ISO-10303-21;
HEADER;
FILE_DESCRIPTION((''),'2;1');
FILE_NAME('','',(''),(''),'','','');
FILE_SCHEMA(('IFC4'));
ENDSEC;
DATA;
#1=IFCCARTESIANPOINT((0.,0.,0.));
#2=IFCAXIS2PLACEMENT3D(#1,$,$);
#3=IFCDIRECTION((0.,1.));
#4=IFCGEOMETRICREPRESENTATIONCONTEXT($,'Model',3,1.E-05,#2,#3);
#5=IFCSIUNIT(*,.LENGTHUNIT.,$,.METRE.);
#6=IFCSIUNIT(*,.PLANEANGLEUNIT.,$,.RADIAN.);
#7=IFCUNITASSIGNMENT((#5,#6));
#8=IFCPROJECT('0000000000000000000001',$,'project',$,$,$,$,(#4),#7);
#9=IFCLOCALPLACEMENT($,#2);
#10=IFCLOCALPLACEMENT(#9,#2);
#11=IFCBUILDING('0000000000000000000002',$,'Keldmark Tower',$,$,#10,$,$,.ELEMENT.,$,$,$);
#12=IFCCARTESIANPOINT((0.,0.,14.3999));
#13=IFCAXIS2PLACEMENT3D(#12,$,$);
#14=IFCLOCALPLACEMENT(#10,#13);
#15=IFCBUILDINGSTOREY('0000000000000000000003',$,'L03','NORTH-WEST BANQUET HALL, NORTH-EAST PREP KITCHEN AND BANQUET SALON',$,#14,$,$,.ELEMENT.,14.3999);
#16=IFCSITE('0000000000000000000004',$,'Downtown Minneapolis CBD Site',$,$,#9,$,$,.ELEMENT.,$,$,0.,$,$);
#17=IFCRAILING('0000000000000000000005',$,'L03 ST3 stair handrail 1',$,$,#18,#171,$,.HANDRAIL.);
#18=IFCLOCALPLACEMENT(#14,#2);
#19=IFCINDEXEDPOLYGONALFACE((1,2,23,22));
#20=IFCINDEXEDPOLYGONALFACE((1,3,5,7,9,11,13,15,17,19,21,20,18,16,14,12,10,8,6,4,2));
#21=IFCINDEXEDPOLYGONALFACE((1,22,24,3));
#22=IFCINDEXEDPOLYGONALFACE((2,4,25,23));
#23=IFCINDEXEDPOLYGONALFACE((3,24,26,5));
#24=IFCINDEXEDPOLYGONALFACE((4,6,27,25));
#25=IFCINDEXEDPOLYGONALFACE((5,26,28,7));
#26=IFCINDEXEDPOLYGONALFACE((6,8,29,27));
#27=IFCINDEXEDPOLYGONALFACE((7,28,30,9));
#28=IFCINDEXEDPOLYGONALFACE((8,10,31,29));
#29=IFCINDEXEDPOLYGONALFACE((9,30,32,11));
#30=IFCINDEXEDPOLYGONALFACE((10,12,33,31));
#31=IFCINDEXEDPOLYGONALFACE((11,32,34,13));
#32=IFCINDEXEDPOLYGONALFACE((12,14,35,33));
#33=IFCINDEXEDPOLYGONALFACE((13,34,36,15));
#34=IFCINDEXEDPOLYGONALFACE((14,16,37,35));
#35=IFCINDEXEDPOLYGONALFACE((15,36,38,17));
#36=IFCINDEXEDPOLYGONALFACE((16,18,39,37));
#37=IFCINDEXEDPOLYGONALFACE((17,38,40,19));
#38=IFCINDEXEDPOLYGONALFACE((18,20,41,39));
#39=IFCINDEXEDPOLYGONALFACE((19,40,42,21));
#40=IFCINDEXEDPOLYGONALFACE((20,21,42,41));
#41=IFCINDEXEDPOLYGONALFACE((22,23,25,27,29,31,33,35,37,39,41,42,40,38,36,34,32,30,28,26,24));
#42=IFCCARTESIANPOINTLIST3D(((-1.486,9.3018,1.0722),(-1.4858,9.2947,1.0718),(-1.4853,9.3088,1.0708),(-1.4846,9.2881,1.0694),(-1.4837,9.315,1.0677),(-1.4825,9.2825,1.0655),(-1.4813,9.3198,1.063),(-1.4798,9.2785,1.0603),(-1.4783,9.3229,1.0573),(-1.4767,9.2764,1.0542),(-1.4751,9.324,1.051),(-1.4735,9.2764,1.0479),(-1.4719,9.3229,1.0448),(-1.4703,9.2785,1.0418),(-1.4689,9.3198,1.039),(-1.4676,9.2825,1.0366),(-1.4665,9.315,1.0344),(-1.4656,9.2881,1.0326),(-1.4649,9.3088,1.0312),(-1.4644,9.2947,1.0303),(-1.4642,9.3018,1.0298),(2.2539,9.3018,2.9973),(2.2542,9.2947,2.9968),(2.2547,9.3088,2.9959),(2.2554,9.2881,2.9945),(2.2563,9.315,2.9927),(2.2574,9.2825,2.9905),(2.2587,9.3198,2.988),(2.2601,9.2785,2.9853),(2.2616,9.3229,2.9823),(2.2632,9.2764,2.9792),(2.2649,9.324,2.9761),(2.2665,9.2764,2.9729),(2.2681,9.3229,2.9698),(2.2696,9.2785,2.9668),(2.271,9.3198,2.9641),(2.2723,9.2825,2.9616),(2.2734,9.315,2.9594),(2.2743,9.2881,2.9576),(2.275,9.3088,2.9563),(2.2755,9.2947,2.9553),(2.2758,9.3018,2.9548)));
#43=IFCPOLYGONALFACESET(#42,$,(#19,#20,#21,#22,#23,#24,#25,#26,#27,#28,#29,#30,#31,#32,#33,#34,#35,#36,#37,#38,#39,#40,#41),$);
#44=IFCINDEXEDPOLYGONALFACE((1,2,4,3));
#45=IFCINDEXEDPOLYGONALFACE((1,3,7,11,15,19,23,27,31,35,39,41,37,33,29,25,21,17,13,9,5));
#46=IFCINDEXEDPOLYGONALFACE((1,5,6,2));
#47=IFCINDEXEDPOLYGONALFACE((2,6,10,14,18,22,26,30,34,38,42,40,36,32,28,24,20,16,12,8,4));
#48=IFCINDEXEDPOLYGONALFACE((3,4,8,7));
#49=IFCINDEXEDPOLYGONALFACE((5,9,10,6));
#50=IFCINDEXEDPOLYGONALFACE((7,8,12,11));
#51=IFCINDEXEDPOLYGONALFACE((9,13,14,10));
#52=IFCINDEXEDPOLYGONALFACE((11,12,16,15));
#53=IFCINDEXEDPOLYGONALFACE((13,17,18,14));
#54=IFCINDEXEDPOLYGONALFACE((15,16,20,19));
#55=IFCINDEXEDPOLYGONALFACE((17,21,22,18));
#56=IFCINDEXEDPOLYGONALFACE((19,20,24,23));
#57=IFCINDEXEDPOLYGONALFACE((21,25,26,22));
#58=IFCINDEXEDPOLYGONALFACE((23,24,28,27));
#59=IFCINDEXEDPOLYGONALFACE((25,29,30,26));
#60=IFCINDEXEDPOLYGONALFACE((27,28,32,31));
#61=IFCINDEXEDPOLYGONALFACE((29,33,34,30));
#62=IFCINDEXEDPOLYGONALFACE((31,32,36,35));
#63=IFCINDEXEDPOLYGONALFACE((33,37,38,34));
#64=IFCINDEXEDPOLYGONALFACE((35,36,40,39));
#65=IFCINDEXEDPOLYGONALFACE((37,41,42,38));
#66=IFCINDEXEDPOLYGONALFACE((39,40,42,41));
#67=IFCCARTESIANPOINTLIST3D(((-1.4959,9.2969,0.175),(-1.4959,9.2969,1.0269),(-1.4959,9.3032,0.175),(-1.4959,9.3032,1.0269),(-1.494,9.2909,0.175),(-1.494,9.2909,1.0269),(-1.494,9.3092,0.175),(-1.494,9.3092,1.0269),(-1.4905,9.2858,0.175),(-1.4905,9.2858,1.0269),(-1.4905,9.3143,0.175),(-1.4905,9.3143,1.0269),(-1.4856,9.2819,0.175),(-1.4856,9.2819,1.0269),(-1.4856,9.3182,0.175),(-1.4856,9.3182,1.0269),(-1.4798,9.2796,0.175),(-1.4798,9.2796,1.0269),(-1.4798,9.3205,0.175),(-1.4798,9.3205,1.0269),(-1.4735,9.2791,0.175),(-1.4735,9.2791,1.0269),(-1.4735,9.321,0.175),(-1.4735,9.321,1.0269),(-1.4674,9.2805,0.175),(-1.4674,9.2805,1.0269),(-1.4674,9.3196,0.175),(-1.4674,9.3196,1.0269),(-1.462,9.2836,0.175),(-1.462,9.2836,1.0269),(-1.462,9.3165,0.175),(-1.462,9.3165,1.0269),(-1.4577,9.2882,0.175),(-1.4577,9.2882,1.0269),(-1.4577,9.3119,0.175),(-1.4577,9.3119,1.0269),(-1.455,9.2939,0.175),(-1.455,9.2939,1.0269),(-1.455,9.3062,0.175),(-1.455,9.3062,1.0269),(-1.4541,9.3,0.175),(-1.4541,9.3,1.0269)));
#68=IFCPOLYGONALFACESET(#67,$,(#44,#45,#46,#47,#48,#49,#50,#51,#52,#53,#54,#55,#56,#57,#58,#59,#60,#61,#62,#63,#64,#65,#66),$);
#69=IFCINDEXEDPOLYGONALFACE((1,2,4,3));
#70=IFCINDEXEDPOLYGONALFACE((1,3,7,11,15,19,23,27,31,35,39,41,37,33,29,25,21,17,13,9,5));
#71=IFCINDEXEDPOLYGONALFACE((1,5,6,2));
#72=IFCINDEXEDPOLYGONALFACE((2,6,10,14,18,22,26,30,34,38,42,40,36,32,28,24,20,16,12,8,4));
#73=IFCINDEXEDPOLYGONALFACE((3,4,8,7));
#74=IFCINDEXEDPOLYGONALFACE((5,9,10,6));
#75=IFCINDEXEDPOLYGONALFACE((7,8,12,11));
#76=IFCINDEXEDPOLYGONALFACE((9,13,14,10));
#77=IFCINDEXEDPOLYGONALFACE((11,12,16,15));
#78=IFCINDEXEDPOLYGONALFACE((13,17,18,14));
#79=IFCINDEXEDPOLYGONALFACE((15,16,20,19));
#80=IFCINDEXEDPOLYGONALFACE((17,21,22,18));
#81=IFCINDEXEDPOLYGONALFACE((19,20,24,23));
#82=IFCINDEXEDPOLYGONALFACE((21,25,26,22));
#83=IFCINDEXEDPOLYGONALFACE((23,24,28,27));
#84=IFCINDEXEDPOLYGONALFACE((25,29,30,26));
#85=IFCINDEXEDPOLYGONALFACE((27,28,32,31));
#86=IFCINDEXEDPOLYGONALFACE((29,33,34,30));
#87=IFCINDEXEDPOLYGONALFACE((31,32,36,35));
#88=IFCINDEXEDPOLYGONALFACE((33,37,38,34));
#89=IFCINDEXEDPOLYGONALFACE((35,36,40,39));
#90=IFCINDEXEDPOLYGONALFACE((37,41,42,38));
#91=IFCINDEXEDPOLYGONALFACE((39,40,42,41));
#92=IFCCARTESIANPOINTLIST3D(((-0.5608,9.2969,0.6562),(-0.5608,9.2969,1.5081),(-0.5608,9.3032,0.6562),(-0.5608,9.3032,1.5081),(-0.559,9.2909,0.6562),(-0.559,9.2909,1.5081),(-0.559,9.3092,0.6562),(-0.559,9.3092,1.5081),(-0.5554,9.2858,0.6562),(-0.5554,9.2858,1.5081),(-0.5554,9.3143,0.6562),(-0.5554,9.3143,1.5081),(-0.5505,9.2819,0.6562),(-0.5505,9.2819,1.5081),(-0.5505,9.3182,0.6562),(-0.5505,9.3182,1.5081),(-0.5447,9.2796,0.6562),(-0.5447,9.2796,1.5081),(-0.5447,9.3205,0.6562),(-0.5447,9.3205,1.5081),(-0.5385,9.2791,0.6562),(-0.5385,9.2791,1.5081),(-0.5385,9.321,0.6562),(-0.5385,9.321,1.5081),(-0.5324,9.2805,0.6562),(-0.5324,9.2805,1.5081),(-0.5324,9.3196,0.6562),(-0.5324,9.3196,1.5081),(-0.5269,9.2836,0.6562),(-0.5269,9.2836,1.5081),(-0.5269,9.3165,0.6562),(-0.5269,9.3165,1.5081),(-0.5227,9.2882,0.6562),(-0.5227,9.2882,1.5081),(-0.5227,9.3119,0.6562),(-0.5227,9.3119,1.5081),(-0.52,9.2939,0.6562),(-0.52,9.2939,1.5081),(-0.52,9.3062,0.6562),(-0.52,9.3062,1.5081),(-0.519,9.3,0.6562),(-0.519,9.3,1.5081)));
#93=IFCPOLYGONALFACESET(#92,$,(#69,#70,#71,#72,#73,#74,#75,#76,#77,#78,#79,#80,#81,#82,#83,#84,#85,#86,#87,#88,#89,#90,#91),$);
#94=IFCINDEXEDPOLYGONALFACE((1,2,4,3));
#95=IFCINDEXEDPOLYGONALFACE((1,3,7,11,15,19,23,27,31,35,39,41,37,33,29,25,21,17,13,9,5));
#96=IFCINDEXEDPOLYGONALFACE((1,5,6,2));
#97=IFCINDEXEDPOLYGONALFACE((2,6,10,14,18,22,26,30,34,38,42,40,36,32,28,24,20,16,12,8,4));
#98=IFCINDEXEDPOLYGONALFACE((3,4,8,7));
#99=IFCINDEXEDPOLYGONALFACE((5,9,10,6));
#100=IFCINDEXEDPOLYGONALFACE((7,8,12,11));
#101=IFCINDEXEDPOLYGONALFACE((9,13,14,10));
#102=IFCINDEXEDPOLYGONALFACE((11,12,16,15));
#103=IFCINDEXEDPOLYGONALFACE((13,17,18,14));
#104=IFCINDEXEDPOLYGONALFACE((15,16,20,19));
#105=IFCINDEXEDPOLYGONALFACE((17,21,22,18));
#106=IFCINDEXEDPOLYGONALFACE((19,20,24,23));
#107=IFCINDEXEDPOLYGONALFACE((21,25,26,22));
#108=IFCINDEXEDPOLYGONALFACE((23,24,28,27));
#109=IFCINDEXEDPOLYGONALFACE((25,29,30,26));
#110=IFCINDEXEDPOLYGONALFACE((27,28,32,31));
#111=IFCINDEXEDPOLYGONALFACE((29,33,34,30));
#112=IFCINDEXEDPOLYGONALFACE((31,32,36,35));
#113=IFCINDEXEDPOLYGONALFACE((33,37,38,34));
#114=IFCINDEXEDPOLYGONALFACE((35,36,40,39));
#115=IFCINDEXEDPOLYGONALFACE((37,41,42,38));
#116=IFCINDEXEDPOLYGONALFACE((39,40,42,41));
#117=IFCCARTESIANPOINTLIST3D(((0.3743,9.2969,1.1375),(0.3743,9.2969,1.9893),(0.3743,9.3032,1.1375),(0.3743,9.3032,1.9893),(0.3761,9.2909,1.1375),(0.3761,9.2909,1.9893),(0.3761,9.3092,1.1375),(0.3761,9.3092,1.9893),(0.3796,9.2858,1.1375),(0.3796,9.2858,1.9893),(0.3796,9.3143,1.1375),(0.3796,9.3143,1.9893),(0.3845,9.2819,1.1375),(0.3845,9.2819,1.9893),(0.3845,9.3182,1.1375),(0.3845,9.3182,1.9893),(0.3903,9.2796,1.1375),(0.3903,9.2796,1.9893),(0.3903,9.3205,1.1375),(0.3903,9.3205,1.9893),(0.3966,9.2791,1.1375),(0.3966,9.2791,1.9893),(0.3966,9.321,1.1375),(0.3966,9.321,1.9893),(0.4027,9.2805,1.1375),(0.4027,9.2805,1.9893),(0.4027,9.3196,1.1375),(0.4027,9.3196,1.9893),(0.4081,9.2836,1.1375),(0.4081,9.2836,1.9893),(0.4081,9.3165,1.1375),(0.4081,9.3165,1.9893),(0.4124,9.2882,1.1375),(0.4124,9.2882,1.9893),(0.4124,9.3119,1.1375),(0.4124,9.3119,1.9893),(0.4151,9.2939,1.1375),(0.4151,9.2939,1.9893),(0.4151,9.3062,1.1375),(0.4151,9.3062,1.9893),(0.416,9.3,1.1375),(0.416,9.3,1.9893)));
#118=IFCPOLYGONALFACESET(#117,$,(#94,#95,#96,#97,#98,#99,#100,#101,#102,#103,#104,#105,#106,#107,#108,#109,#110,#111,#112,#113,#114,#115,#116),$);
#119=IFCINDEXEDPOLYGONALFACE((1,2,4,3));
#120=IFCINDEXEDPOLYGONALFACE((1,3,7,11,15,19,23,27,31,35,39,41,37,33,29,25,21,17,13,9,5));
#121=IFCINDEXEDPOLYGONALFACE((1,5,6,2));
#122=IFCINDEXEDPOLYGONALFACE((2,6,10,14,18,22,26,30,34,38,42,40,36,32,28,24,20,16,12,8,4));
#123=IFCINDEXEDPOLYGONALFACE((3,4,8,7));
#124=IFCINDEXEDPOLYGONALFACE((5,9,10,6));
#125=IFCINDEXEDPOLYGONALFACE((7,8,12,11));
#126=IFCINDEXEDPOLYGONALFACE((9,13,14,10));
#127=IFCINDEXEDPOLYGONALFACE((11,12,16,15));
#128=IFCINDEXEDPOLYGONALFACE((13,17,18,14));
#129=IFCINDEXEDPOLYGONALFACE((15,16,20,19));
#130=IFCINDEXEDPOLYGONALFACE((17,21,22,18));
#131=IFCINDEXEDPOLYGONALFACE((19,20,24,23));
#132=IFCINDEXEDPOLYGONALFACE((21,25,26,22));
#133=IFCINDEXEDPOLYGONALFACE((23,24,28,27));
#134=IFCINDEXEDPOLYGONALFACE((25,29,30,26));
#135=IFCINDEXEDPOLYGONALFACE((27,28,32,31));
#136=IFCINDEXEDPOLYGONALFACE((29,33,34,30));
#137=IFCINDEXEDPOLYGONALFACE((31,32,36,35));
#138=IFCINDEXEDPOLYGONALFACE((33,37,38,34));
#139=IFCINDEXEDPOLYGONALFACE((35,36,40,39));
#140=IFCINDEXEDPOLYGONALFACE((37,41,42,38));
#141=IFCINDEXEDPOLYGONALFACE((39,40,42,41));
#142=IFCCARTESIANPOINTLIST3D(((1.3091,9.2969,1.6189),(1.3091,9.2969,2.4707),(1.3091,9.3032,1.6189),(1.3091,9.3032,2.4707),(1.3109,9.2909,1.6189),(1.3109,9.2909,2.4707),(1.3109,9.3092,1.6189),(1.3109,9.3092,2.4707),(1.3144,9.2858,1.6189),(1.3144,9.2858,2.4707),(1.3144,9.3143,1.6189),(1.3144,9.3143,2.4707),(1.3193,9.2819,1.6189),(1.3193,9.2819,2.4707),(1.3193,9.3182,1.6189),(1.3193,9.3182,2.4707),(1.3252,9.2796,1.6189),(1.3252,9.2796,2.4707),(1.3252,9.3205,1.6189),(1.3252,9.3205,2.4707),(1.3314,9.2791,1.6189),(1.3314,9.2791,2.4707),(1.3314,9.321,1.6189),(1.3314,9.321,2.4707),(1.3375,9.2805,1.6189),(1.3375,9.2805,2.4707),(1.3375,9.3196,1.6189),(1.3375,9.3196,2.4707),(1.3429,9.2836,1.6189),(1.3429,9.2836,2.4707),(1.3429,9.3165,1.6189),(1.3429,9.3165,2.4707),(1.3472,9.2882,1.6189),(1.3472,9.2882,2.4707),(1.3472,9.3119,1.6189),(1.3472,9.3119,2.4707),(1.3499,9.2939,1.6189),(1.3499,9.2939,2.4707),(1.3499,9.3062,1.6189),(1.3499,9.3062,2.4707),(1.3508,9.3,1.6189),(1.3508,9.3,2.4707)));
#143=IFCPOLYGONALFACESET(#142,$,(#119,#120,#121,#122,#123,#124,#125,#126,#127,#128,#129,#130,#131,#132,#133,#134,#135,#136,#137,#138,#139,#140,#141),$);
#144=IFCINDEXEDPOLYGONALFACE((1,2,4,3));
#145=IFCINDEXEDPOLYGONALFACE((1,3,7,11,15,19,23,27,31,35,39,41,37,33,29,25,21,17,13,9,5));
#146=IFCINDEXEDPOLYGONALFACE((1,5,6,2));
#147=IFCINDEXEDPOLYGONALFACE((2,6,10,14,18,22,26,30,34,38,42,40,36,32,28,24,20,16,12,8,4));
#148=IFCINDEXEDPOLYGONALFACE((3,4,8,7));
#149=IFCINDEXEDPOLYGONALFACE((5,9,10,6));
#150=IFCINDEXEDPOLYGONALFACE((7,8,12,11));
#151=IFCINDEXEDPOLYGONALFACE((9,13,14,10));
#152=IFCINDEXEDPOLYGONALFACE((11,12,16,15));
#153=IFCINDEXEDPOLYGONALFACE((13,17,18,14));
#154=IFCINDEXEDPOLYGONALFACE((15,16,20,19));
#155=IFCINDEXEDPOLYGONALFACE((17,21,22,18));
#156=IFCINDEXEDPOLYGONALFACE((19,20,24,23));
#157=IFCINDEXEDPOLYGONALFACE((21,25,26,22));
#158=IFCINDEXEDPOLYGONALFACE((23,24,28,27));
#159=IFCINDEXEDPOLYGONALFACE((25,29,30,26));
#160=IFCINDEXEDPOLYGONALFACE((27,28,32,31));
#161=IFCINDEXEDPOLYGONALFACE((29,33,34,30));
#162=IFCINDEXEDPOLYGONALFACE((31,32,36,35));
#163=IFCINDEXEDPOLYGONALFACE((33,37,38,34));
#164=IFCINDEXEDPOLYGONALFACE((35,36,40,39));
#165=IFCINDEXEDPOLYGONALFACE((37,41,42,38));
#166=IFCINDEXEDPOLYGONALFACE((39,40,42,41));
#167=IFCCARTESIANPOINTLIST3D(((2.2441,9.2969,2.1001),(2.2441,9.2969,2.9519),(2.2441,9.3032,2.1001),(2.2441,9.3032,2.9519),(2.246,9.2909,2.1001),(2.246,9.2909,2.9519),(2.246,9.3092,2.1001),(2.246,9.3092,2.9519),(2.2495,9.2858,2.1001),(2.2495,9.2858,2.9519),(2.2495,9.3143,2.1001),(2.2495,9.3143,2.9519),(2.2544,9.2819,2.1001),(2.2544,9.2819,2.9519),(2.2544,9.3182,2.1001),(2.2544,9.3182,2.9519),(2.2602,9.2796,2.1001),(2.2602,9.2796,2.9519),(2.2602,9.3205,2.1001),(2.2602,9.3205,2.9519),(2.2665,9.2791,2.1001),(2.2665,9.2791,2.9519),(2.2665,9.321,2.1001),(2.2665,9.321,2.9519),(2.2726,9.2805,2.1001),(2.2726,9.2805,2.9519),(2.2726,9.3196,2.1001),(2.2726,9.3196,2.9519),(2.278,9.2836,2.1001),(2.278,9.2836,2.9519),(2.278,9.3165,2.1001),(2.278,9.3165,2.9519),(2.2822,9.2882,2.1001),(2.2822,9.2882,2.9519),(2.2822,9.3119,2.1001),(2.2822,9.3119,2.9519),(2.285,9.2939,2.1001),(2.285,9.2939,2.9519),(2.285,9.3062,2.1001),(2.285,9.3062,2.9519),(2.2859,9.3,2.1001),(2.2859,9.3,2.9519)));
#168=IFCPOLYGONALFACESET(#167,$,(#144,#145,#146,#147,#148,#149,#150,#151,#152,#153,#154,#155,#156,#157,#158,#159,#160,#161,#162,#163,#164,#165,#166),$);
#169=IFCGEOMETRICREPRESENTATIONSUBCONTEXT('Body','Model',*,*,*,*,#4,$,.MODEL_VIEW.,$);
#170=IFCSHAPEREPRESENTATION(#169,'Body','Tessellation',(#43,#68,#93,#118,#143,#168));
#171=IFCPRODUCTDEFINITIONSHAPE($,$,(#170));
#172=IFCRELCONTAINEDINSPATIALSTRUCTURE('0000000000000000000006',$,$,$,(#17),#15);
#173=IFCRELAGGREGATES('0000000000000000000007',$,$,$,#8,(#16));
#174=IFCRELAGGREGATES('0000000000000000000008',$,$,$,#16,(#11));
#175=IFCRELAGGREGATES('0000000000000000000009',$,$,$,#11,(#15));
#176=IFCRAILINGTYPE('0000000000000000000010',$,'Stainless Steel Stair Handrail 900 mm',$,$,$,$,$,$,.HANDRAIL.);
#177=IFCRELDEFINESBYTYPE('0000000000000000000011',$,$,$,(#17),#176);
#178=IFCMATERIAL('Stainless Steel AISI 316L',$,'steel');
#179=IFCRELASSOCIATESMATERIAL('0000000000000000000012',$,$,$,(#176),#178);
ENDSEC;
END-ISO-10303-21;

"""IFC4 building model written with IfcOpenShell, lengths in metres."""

from ifc_helpers import new_model, si_unit, direction, frame, origin, origin_2d, place, context, subcontext, project, spatial, circle, extrude, material, type_object, element, save


model = new_model("IFC4")

# Units and contexts
model_context = context("Model", 3, precision=1e-05, world=origin(), true_north=direction((0.0, 1.0)))
body_context = subcontext(model_context, "Body", "Model", "MODEL_VIEW")
ifc_project = project(units=[si_unit("LENGTHUNIT", "METRE"), si_unit("PLANEANGLEUNIT", "RADIAN")], contexts=[model_context])

# Site, building, storey
site_placement = place(None, origin())
site = spatial("IfcSite", under=ifc_project, at=site_placement, Name="Downtown Minneapolis CBD Site", CompositionType="ELEMENT", RefElevation=0.0)
building_placement = place(site_placement, origin())
building = spatial("IfcBuilding", under=site, at=building_placement, Name="Keldmark Tower", CompositionType="ELEMENT")
storey_placement = place(building_placement, frame((0.0, 0.0, 14.3999)))
storey = spatial("IfcBuildingStorey", under=building, at=storey_placement, Name="L03", Description="NORTH-WEST BANQUET HALL, NORTH-EAST PREP KITCHEN AND BANQUET SALON", CompositionType="ELEMENT", Elevation=14.3999)

# Railing
ifc_material_1 = material(Name="Stainless Steel AISI 316L", Category="steel")
railing_type_1 = type_object("IfcRailingType", Name="Stainless Steel Stair Handrail 900 mm", PredefinedType="HANDRAIL", material=ifc_material_1)
railing_1_placement = place(storey_placement, frame((-1.4751, 9.3, 0.175)))
element("IfcRailing", 1, at=railing_1_placement, inside=storey, type_object=railing_type_1, Name="L03 ST3 stair handrail 1", PredefinedType="HANDRAIL", context=body_context, shape_type="SweptSolid", body=[
    extrude(circle(Radius=0.0239, at=origin_2d()), frame((0.0, 0.0, 0.876), z_axis=(0.889131, 0.0, 0.457654), x_axis=(0.0, 1.0, 0.0)), (0.0, 0.0, 1.0), 4.2063),
    extrude(circle(Radius=0.021, at=origin_2d()), origin(), (0.0, 0.0, 1.0), 0.8518),
    extrude(circle(Radius=0.021, at=origin_2d()), frame((0.9351, 0.0, 0.4812)), (0.0, 0.0, 1.0), 0.8518),
    extrude(circle(Radius=0.021, at=origin_2d()), frame((1.8701, 0.0, 0.9624)), (0.0, 0.0, 1.0), 0.8518),
    extrude(circle(Radius=0.021, at=origin_2d()), frame((2.8049, 0.0, 1.4438)), (0.0, 0.0, 1.0), 0.8518),
    extrude(circle(Radius=0.021, at=origin_2d()), frame((3.74, 0.0, 1.925)), (0.0, 0.0, 1.0), 0.8518),
])

save(model, "model.ifc")
